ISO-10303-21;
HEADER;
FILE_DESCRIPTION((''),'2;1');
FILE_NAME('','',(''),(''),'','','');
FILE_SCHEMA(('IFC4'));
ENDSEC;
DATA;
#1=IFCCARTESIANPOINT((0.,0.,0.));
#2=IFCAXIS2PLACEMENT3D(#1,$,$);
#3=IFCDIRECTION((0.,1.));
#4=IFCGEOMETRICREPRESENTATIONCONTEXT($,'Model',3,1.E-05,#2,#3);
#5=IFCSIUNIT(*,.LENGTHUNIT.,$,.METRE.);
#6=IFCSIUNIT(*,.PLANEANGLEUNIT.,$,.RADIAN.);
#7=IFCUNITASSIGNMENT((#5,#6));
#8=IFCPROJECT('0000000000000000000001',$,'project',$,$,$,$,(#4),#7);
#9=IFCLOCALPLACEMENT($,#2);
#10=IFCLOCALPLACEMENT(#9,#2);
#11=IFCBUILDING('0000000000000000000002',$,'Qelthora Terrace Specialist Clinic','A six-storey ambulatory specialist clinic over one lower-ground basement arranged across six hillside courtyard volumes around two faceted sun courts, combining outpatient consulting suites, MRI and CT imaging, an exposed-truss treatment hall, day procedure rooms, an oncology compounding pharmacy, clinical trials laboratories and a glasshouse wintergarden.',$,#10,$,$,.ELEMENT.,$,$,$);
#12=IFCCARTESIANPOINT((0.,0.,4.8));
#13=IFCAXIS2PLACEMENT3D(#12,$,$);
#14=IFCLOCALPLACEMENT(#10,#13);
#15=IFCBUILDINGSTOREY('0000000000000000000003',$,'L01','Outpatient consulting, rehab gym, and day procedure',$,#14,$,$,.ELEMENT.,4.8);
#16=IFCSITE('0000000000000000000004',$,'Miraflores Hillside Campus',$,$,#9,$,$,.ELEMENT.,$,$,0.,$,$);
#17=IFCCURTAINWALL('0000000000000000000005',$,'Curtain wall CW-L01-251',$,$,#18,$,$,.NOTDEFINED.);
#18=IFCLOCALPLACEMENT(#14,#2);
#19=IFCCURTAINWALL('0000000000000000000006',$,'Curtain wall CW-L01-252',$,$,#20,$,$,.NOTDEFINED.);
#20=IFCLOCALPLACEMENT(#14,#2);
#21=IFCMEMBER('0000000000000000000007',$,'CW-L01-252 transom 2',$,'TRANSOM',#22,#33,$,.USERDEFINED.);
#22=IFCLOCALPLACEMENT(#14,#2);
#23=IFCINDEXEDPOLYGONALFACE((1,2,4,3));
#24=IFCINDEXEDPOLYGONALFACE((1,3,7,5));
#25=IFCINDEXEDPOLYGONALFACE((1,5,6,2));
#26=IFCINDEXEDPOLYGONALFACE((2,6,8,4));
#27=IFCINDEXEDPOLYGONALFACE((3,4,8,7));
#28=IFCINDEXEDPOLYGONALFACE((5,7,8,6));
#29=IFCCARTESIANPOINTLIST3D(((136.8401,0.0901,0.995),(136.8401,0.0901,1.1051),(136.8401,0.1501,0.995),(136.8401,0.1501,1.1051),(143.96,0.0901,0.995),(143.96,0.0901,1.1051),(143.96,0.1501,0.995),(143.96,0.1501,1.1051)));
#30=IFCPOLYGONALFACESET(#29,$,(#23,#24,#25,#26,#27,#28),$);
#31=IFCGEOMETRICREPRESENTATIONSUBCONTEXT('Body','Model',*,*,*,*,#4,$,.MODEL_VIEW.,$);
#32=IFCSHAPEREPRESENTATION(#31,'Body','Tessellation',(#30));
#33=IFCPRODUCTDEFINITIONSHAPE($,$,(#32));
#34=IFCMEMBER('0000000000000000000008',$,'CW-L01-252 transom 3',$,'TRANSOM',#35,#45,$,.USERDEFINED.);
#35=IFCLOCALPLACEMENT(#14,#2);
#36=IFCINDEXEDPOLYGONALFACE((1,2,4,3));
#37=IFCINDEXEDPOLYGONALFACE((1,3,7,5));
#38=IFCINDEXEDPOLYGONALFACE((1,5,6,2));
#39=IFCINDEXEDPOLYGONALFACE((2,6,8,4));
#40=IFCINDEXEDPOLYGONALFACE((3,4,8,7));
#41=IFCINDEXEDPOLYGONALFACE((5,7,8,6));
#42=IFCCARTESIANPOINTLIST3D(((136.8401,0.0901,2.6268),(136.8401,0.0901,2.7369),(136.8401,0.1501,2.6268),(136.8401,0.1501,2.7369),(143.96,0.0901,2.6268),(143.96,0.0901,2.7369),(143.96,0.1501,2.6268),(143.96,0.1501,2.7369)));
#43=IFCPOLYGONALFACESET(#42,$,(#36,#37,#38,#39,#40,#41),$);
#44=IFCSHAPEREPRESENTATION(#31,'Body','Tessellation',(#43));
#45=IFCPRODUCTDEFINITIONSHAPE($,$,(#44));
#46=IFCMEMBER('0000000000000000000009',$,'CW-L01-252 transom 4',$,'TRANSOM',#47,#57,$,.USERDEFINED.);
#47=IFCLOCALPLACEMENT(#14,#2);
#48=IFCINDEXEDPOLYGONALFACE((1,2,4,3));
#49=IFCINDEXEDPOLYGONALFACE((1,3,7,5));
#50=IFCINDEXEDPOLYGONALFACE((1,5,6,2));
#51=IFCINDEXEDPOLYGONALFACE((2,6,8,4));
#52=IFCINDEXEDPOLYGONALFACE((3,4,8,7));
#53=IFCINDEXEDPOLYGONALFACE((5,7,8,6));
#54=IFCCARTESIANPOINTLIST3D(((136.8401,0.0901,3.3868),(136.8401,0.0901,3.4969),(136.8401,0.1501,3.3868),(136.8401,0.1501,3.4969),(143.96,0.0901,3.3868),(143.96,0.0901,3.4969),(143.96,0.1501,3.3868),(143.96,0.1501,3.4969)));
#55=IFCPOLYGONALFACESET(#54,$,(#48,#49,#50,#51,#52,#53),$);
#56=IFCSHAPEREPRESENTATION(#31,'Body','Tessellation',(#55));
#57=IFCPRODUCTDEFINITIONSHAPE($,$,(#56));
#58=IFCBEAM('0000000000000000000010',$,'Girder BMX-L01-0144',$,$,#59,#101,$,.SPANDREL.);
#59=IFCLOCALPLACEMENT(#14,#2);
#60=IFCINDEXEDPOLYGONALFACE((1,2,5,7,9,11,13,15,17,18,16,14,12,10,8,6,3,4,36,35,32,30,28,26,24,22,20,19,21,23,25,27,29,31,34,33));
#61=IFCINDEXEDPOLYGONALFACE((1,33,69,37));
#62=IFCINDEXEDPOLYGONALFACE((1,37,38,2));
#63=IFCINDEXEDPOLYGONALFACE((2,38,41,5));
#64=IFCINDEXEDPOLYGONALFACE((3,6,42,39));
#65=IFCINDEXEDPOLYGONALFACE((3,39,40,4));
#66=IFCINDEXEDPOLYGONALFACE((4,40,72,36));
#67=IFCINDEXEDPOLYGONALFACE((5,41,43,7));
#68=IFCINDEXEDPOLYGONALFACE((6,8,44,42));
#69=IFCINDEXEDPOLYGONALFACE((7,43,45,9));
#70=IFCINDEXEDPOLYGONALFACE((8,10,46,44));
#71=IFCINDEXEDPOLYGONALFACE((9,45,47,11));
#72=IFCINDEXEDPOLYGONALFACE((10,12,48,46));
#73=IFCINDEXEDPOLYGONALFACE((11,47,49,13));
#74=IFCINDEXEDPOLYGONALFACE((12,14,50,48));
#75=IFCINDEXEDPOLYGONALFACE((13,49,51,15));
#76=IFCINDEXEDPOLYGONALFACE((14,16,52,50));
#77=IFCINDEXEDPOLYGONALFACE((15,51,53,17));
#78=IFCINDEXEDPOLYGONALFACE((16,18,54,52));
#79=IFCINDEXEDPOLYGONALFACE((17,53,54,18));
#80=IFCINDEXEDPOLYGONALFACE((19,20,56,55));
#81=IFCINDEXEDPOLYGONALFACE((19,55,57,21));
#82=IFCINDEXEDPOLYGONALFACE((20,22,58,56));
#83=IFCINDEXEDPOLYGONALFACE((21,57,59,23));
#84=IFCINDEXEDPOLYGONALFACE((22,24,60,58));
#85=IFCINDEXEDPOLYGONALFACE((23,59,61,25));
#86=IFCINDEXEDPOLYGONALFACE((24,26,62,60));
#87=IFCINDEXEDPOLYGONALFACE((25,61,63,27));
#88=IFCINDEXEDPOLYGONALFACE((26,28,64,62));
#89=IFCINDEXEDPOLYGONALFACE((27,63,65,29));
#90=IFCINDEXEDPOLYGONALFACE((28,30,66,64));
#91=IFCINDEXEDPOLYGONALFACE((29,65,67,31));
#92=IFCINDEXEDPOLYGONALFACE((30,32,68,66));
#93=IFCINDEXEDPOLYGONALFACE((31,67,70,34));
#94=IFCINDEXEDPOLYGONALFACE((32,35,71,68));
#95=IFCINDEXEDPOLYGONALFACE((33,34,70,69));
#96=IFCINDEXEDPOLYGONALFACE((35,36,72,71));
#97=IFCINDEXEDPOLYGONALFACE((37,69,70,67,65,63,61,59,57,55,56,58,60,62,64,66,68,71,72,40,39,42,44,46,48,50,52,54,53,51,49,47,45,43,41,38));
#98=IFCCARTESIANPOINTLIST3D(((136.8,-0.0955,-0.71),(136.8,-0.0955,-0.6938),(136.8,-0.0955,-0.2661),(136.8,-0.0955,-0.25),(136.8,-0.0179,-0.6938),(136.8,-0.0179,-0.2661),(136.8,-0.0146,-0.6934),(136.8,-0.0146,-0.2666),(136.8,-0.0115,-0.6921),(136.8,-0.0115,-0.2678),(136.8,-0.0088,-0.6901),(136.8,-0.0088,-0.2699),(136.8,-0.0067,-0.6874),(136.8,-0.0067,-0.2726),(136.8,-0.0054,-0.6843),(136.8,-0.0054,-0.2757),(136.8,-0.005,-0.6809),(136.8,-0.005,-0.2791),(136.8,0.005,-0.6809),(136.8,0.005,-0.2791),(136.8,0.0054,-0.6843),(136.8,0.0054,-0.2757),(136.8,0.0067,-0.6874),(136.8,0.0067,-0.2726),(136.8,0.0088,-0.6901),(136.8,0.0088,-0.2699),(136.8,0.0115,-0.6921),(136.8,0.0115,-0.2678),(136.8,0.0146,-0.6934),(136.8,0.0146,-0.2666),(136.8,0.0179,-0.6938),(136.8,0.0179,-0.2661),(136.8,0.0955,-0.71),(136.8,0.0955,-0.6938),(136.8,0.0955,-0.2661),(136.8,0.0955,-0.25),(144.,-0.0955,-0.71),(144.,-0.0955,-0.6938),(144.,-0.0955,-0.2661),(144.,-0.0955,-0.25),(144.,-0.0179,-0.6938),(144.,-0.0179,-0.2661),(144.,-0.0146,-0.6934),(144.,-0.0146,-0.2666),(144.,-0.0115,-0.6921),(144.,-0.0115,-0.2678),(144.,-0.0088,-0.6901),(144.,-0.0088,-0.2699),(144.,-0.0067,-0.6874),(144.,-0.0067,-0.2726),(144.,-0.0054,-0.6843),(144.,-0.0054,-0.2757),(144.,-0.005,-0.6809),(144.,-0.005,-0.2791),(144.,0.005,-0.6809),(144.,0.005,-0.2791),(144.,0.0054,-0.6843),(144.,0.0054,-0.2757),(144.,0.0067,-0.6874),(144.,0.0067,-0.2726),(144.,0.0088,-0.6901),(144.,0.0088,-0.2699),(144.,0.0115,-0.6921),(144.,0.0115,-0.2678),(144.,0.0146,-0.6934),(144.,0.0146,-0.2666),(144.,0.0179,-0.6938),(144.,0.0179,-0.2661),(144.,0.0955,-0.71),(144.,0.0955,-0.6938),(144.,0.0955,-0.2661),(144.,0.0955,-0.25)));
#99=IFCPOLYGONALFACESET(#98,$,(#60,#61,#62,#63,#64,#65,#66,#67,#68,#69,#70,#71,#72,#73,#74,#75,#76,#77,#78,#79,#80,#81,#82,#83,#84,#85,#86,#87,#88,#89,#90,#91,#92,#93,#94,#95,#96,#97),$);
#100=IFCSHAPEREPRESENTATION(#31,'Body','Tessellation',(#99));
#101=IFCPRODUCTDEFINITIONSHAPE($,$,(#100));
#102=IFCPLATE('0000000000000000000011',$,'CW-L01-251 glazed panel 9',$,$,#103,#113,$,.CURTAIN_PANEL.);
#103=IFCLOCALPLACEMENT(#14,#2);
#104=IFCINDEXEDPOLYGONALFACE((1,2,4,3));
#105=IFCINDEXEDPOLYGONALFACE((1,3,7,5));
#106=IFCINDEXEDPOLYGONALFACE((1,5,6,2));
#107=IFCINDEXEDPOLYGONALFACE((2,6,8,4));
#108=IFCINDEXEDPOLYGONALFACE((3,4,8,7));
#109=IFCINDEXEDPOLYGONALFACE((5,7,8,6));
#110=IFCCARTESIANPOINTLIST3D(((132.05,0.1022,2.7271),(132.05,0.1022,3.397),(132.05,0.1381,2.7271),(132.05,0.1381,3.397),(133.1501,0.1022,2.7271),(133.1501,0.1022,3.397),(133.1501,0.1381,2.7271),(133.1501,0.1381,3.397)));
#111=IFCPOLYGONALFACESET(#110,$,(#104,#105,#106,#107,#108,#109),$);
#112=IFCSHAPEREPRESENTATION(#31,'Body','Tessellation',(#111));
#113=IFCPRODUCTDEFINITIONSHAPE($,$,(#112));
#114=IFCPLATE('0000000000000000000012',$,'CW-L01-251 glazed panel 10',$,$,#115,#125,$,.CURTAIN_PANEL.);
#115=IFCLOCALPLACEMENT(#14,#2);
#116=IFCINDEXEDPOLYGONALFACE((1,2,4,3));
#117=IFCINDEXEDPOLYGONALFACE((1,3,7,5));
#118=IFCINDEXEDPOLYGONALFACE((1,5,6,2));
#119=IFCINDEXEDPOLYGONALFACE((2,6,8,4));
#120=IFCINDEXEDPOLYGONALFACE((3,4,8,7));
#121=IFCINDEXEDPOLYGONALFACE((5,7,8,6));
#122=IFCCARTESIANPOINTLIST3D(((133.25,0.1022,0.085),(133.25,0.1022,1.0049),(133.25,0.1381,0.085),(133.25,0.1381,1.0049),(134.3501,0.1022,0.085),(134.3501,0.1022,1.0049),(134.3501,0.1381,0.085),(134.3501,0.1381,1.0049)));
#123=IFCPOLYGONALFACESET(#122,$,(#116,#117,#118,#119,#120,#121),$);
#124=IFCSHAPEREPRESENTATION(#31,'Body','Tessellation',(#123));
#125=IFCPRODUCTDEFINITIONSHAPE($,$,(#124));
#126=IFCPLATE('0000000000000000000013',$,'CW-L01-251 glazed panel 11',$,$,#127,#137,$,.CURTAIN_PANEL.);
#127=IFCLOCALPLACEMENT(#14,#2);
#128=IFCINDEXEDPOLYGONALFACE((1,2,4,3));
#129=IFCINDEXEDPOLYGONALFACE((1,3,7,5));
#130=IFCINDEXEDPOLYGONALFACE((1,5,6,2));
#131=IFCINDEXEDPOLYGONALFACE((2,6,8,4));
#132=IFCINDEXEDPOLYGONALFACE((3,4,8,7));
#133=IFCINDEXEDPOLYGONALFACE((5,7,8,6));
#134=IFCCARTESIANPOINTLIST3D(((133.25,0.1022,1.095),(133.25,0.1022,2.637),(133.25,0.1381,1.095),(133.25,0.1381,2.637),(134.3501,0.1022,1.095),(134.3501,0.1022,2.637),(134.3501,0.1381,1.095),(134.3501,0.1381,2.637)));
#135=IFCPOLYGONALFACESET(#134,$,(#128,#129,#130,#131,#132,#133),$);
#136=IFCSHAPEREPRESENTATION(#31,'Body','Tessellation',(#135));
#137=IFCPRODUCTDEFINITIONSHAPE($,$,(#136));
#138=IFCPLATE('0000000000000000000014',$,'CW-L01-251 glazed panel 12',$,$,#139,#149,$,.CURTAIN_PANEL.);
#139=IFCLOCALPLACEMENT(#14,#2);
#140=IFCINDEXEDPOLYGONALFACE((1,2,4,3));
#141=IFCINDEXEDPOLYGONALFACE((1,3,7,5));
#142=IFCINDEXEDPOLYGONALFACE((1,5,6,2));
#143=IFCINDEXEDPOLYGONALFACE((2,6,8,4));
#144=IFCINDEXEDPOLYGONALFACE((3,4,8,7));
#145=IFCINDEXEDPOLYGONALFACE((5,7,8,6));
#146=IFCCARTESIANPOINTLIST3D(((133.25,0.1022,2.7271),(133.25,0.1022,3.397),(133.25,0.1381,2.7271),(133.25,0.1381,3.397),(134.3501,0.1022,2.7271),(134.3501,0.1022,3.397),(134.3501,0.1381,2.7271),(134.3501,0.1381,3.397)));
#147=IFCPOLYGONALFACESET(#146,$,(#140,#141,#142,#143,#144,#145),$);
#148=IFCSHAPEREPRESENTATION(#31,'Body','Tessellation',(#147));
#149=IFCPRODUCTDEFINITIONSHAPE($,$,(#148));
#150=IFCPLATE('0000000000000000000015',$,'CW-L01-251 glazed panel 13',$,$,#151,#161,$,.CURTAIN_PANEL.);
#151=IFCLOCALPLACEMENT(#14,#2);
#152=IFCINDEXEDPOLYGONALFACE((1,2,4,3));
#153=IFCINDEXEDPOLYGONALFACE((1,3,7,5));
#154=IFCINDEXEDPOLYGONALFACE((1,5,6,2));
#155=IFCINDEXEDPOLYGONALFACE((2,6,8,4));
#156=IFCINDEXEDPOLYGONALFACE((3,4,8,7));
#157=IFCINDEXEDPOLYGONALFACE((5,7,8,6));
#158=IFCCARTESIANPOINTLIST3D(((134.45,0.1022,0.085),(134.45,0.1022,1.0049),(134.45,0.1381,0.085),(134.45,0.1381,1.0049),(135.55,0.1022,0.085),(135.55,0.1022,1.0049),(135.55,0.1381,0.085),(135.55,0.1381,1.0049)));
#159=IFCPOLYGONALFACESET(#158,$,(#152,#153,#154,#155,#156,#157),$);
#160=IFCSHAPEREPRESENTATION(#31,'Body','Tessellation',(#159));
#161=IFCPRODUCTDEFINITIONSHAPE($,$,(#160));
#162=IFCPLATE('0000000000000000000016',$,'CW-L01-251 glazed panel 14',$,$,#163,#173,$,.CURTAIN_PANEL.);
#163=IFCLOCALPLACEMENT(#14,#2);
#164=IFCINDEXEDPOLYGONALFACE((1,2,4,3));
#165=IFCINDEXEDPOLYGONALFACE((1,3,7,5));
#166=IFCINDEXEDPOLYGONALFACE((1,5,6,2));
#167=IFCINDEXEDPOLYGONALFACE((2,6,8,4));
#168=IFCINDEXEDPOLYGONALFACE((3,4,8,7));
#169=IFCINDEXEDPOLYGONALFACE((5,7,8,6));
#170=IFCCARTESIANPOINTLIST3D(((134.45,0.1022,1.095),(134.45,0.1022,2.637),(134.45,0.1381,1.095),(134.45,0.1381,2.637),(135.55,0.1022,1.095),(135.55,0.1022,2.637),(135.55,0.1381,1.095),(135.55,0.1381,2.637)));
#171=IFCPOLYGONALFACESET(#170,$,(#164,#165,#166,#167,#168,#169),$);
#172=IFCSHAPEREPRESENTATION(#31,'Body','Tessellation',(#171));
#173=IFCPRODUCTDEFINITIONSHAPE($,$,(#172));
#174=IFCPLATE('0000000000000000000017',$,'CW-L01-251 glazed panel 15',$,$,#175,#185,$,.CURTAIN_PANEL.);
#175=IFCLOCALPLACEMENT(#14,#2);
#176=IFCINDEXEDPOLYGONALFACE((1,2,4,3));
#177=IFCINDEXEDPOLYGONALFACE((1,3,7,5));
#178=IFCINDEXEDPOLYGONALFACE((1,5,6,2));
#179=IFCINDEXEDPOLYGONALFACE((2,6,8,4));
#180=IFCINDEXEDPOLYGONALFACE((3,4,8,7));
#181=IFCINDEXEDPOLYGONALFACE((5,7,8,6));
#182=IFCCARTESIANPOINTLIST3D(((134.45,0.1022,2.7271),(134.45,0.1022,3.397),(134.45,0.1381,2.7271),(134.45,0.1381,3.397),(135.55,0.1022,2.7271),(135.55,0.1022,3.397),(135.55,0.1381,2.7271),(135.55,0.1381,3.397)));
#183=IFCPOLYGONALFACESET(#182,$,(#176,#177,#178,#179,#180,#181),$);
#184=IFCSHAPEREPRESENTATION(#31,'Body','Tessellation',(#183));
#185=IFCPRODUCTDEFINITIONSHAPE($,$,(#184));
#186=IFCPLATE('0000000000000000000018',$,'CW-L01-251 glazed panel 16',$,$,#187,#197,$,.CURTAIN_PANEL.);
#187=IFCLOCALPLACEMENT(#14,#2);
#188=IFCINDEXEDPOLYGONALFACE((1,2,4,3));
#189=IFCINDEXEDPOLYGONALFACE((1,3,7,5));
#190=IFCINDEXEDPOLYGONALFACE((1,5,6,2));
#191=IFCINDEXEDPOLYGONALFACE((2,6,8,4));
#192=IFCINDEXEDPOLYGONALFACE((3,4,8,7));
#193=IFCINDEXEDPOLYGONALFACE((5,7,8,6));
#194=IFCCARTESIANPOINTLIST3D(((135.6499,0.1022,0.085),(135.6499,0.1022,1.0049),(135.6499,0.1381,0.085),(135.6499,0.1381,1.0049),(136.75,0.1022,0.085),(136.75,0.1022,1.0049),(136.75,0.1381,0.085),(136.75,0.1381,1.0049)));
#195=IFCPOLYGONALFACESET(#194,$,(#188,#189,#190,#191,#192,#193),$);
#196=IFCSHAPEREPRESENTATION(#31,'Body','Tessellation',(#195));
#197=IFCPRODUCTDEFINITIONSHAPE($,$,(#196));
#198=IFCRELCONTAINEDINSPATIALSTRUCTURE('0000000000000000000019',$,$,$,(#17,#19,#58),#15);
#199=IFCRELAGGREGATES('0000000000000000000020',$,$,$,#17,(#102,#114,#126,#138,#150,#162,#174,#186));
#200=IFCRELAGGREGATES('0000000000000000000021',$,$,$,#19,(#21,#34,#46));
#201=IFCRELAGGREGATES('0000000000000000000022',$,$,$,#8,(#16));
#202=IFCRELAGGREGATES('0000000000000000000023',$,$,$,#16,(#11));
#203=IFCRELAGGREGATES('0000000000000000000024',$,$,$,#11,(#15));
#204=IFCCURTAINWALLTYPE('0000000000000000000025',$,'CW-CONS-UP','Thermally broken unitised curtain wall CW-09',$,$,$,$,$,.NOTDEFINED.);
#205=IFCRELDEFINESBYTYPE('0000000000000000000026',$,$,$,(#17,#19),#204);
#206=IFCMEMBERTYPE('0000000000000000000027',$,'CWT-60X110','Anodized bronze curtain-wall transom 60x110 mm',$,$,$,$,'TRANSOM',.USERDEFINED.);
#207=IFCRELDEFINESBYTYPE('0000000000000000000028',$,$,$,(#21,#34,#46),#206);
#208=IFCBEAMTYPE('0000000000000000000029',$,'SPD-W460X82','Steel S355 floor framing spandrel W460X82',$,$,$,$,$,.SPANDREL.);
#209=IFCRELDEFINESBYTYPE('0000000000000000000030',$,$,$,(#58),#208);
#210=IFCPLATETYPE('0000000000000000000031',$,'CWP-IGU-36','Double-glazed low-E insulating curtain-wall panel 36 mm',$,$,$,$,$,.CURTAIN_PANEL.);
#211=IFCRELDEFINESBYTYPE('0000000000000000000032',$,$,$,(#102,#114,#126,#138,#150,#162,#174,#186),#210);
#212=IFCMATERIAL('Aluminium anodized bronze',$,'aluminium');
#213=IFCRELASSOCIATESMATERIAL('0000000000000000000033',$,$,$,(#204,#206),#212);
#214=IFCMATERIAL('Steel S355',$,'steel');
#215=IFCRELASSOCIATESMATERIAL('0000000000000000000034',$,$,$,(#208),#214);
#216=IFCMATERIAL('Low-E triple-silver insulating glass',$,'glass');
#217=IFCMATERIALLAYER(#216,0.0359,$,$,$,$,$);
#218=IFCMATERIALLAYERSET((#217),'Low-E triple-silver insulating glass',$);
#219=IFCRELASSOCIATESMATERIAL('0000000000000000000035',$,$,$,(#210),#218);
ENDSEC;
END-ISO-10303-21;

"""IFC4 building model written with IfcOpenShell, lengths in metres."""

from ifc_helpers import new_model, si_unit, direction, frame, origin, origin_2d, place, context, subcontext, project, spatial, rectangle, i_section, extrude, material, layer, layer_set, material_profile, profile_set, type_object, element, aggregate, save


model = new_model("IFC4")

# Units and contexts
model_context = context("Model", 3, precision=1e-05, world=origin(), true_north=direction((0.0, 1.0)))
body_context = subcontext(model_context, "Body", "Model", "MODEL_VIEW")
ifc_project = project(units=[si_unit("LENGTHUNIT", "METRE"), si_unit("PLANEANGLEUNIT", "RADIAN")], contexts=[model_context])

# Site, building, storey
site_placement = place(None, origin())
site = spatial("IfcSite", under=ifc_project, at=site_placement, Name="Miraflores Hillside Campus", CompositionType="ELEMENT", RefElevation=0.0)
building_placement = place(site_placement, origin())
building = spatial("IfcBuilding", under=site, at=building_placement, Name="Qelthora Terrace Specialist Clinic", Description="A six-storey ambulatory specialist clinic over one lower-ground basement arranged across six hillside courtyard volumes around two faceted sun courts, combining outpatient consulting suites, MRI and CT imaging, an exposed-truss treatment hall, day procedure rooms, an oncology compounding pharmacy, clinical trials laboratories and a glasshouse wintergarden.", CompositionType="ELEMENT")
storey_placement = place(building_placement, frame((0.0, 0.0, 4.8)))
storey = spatial("IfcBuildingStorey", under=building, at=storey_placement, Name="L01", Description="Outpatient consulting, rehab gym, and day procedure", CompositionType="ELEMENT", Elevation=4.8)

# Shared definitions
ifc_material_1 = material(Name="Steel S355", Category="steel")

# Curtain walls, members
ifc_material_2 = material(Name="Aluminium anodized bronze", Category="aluminium")
curtain_wall_type = type_object("IfcCurtainWallType", Name="CW-CONS-UP", Description="Thermally broken unitised curtain wall CW-09", PredefinedType="NOTDEFINED", material=ifc_material_2)
curtain_wall_1_placement = place(storey_placement, origin())
curtain_wall_1 = element("IfcCurtainWall", 1, at=curtain_wall_1_placement, inside=storey, type_object=curtain_wall_type, Name="Curtain wall CW-L01-251", PredefinedType="NOTDEFINED")
curtain_wall_2_placement = place(storey_placement, origin())
curtain_wall_2 = element("IfcCurtainWall", 2, at=curtain_wall_2_placement, inside=storey, type_object=curtain_wall_type, Name="Curtain wall CW-L01-252", PredefinedType="NOTDEFINED")
ifc_material_profile_1 = material_profile(ifc_material_2, rectangle(XDim=0.0601, YDim=0.1101, at=origin_2d()), Name="CWT60X110")
ifc_profile_set_1 = profile_set([ifc_material_profile_1], Name="Aluminium anodized bronze")
member_type_1 = type_object("IfcMemberType", Name="CWT-60X110", Description="Anodized bronze curtain-wall transom 60x110 mm", ElementType="TRANSOM", PredefinedType="USERDEFINED", material=ifc_profile_set_1)
member_1_placement = place(storey_placement, frame((136.8401, 0.1201, 1.05), z_axis=(1.0, 0.0, 0.0), x_axis=(0.0, 1.0, 0.0)))
member_1 = element("IfcMember", 3, at=member_1_placement, type_object=member_type_1, Name="CW-L01-252 transom 2", ObjectType="TRANSOM", PredefinedType="USERDEFINED", context=body_context, shape_type="SweptSolid", body=[
    extrude(rectangle(XDim=0.0601, YDim=0.1101, at=origin_2d()), origin(), (0.0, 0.0, 1.0), 7.1199),
])
member_2_placement = place(storey_placement, frame((136.8401, 0.1201, 2.6819), z_axis=(1.0, 0.0, 0.0), x_axis=(0.0, 1.0, 0.0)))
member_2 = element("IfcMember", 4, at=member_2_placement, type_object=member_type_1, Name="CW-L01-252 transom 3", ObjectType="TRANSOM", PredefinedType="USERDEFINED", context=body_context, shape_type="SweptSolid", body=[
    extrude(rectangle(XDim=0.0601, YDim=0.1101, at=origin_2d()), origin(), (0.0, 0.0, 1.0), 7.1199),
])
member_3_placement = place(storey_placement, frame((136.8401, 0.1201, 3.4419), z_axis=(1.0, 0.0, 0.0), x_axis=(0.0, 1.0, 0.0)))
member_3 = element("IfcMember", 5, at=member_3_placement, type_object=member_type_1, Name="CW-L01-252 transom 4", ObjectType="TRANSOM", PredefinedType="USERDEFINED", context=body_context, shape_type="SweptSolid", body=[
    extrude(rectangle(XDim=0.0601, YDim=0.1101, at=origin_2d()), origin(), (0.0, 0.0, 1.0), 7.1199),
])

# Beam
ifc_material_profile_2 = material_profile(ifc_material_1, i_section(OverallWidth=0.1909, OverallDepth=0.46, WebThickness=0.01, FlangeThickness=0.0161, FilletRadius=0.0129, at=origin_2d()), Name="W460X82")
ifc_profile_set_2 = profile_set([ifc_material_profile_2], Name="Steel S355")
beam_type_1 = type_object("IfcBeamType", Name="SPD-W460X82", Description="Steel S355 floor framing spandrel W460X82", PredefinedType="SPANDREL", material=ifc_profile_set_2)
beam_1_placement = place(storey_placement, frame((136.8, 0.0, -0.48), z_axis=(1.0, 0.0, 0.0), x_axis=(0.0, 1.0, 0.0)))
element("IfcBeam", 6, at=beam_1_placement, inside=storey, type_object=beam_type_1, Name="Girder BMX-L01-0144", PredefinedType="SPANDREL", context=body_context, shape_type="SweptSolid", body=[
    extrude(i_section(OverallWidth=0.1909, OverallDepth=0.46, WebThickness=0.01, FlangeThickness=0.0161, FilletRadius=0.0129, at=origin_2d()), origin(), (0.0, 0.0, 1.0), 7.2),
])

# Plates
ifc_material_3 = material(Name="Low-E triple-silver insulating glass", Category="glass")
ifc_layer = layer(ifc_material_3, 0.0359)
ifc_layer_set = layer_set([ifc_layer], Name="Low-E triple-silver insulating glass")
plate_type = type_object("IfcPlateType", Name="CWP-IGU-36", Description="Double-glazed low-E insulating curtain-wall panel 36 mm", PredefinedType="CURTAIN_PANEL", material=ifc_layer_set)
plate_1_placement = place(storey_placement, frame((132.6001, 0.1201, 2.7271), z_axis=(0.0, 0.0, 1.0), x_axis=(1.0, 0.0, 0.0)))
plate_1 = element("IfcPlate", 7, at=plate_1_placement, type_object=plate_type, Name="CW-L01-251 glazed panel 9", PredefinedType="CURTAIN_PANEL", context=body_context, shape_type="SweptSolid", body=[
    extrude(rectangle(XDim=1.1001, YDim=0.0359, at=origin_2d()), origin(), (0.0, 0.0, 1.0), 0.6699),
])
plate_2_placement = place(storey_placement, frame((133.8, 0.1201, 0.085), z_axis=(0.0, 0.0, 1.0), x_axis=(1.0, 0.0, 0.0)))
plate_2 = element("IfcPlate", 8, at=plate_2_placement, type_object=plate_type, Name="CW-L01-251 glazed panel 10", PredefinedType="CURTAIN_PANEL", context=body_context, shape_type="SweptSolid", body=[
    extrude(rectangle(XDim=1.1001, YDim=0.0359, at=origin_2d()), origin(), (0.0, 0.0, 1.0), 0.9199),
])
plate_3_placement = place(storey_placement, frame((133.8, 0.1201, 1.095), z_axis=(0.0, 0.0, 1.0), x_axis=(1.0, 0.0, 0.0)))
plate_3 = element("IfcPlate", 9, at=plate_3_placement, type_object=plate_type, Name="CW-L01-251 glazed panel 11", PredefinedType="CURTAIN_PANEL", context=body_context, shape_type="SweptSolid", body=[
    extrude(rectangle(XDim=1.1001, YDim=0.0359, at=origin_2d()), origin(), (0.0, 0.0, 1.0), 1.542),
])
plate_4_placement = place(storey_placement, frame((133.8, 0.1201, 2.7271), z_axis=(0.0, 0.0, 1.0), x_axis=(1.0, 0.0, 0.0)))
plate_4 = element("IfcPlate", 10, at=plate_4_placement, type_object=plate_type, Name="CW-L01-251 glazed panel 12", PredefinedType="CURTAIN_PANEL", context=body_context, shape_type="SweptSolid", body=[
    extrude(rectangle(XDim=1.1001, YDim=0.0359, at=origin_2d()), origin(), (0.0, 0.0, 1.0), 0.6699),
])
plate_5_placement = place(storey_placement, frame((135.0, 0.1201, 0.085), z_axis=(0.0, 0.0, 1.0), x_axis=(1.0, 0.0, 0.0)))
plate_5 = element("IfcPlate", 11, at=plate_5_placement, type_object=plate_type, Name="CW-L01-251 glazed panel 13", PredefinedType="CURTAIN_PANEL", context=body_context, shape_type="SweptSolid", body=[
    extrude(rectangle(XDim=1.1001, YDim=0.0359, at=origin_2d()), origin(), (0.0, 0.0, 1.0), 0.9199),
])
plate_6_placement = place(storey_placement, frame((135.0, 0.1201, 1.095), z_axis=(0.0, 0.0, 1.0), x_axis=(1.0, 0.0, 0.0)))
plate_6 = element("IfcPlate", 12, at=plate_6_placement, type_object=plate_type, Name="CW-L01-251 glazed panel 14", PredefinedType="CURTAIN_PANEL", context=body_context, shape_type="SweptSolid", body=[
    extrude(rectangle(XDim=1.1001, YDim=0.0359, at=origin_2d()), origin(), (0.0, 0.0, 1.0), 1.542),
])
plate_7_placement = place(storey_placement, frame((135.0, 0.1201, 2.7271), z_axis=(0.0, 0.0, 1.0), x_axis=(1.0, 0.0, 0.0)))
plate_7 = element("IfcPlate", 13, at=plate_7_placement, type_object=plate_type, Name="CW-L01-251 glazed panel 15", PredefinedType="CURTAIN_PANEL", context=body_context, shape_type="SweptSolid", body=[
    extrude(rectangle(XDim=1.1001, YDim=0.0359, at=origin_2d()), origin(), (0.0, 0.0, 1.0), 0.6699),
])
plate_8_placement = place(storey_placement, frame((136.2, 0.1201, 0.085), z_axis=(0.0, 0.0, 1.0), x_axis=(1.0, 0.0, 0.0)))
plate_8 = element("IfcPlate", 14, at=plate_8_placement, type_object=plate_type, Name="CW-L01-251 glazed panel 16", PredefinedType="CURTAIN_PANEL", context=body_context, shape_type="SweptSolid", body=[
    extrude(rectangle(XDim=1.1001, YDim=0.0359, at=origin_2d()), origin(), (0.0, 0.0, 1.0), 0.9199),
])
aggregate(curtain_wall_1, [plate_1, plate_2, plate_3, plate_4, plate_5, plate_6, plate_7, plate_8])
aggregate(curtain_wall_2, [member_1, member_2, member_3])

save(model, "model.ifc")
